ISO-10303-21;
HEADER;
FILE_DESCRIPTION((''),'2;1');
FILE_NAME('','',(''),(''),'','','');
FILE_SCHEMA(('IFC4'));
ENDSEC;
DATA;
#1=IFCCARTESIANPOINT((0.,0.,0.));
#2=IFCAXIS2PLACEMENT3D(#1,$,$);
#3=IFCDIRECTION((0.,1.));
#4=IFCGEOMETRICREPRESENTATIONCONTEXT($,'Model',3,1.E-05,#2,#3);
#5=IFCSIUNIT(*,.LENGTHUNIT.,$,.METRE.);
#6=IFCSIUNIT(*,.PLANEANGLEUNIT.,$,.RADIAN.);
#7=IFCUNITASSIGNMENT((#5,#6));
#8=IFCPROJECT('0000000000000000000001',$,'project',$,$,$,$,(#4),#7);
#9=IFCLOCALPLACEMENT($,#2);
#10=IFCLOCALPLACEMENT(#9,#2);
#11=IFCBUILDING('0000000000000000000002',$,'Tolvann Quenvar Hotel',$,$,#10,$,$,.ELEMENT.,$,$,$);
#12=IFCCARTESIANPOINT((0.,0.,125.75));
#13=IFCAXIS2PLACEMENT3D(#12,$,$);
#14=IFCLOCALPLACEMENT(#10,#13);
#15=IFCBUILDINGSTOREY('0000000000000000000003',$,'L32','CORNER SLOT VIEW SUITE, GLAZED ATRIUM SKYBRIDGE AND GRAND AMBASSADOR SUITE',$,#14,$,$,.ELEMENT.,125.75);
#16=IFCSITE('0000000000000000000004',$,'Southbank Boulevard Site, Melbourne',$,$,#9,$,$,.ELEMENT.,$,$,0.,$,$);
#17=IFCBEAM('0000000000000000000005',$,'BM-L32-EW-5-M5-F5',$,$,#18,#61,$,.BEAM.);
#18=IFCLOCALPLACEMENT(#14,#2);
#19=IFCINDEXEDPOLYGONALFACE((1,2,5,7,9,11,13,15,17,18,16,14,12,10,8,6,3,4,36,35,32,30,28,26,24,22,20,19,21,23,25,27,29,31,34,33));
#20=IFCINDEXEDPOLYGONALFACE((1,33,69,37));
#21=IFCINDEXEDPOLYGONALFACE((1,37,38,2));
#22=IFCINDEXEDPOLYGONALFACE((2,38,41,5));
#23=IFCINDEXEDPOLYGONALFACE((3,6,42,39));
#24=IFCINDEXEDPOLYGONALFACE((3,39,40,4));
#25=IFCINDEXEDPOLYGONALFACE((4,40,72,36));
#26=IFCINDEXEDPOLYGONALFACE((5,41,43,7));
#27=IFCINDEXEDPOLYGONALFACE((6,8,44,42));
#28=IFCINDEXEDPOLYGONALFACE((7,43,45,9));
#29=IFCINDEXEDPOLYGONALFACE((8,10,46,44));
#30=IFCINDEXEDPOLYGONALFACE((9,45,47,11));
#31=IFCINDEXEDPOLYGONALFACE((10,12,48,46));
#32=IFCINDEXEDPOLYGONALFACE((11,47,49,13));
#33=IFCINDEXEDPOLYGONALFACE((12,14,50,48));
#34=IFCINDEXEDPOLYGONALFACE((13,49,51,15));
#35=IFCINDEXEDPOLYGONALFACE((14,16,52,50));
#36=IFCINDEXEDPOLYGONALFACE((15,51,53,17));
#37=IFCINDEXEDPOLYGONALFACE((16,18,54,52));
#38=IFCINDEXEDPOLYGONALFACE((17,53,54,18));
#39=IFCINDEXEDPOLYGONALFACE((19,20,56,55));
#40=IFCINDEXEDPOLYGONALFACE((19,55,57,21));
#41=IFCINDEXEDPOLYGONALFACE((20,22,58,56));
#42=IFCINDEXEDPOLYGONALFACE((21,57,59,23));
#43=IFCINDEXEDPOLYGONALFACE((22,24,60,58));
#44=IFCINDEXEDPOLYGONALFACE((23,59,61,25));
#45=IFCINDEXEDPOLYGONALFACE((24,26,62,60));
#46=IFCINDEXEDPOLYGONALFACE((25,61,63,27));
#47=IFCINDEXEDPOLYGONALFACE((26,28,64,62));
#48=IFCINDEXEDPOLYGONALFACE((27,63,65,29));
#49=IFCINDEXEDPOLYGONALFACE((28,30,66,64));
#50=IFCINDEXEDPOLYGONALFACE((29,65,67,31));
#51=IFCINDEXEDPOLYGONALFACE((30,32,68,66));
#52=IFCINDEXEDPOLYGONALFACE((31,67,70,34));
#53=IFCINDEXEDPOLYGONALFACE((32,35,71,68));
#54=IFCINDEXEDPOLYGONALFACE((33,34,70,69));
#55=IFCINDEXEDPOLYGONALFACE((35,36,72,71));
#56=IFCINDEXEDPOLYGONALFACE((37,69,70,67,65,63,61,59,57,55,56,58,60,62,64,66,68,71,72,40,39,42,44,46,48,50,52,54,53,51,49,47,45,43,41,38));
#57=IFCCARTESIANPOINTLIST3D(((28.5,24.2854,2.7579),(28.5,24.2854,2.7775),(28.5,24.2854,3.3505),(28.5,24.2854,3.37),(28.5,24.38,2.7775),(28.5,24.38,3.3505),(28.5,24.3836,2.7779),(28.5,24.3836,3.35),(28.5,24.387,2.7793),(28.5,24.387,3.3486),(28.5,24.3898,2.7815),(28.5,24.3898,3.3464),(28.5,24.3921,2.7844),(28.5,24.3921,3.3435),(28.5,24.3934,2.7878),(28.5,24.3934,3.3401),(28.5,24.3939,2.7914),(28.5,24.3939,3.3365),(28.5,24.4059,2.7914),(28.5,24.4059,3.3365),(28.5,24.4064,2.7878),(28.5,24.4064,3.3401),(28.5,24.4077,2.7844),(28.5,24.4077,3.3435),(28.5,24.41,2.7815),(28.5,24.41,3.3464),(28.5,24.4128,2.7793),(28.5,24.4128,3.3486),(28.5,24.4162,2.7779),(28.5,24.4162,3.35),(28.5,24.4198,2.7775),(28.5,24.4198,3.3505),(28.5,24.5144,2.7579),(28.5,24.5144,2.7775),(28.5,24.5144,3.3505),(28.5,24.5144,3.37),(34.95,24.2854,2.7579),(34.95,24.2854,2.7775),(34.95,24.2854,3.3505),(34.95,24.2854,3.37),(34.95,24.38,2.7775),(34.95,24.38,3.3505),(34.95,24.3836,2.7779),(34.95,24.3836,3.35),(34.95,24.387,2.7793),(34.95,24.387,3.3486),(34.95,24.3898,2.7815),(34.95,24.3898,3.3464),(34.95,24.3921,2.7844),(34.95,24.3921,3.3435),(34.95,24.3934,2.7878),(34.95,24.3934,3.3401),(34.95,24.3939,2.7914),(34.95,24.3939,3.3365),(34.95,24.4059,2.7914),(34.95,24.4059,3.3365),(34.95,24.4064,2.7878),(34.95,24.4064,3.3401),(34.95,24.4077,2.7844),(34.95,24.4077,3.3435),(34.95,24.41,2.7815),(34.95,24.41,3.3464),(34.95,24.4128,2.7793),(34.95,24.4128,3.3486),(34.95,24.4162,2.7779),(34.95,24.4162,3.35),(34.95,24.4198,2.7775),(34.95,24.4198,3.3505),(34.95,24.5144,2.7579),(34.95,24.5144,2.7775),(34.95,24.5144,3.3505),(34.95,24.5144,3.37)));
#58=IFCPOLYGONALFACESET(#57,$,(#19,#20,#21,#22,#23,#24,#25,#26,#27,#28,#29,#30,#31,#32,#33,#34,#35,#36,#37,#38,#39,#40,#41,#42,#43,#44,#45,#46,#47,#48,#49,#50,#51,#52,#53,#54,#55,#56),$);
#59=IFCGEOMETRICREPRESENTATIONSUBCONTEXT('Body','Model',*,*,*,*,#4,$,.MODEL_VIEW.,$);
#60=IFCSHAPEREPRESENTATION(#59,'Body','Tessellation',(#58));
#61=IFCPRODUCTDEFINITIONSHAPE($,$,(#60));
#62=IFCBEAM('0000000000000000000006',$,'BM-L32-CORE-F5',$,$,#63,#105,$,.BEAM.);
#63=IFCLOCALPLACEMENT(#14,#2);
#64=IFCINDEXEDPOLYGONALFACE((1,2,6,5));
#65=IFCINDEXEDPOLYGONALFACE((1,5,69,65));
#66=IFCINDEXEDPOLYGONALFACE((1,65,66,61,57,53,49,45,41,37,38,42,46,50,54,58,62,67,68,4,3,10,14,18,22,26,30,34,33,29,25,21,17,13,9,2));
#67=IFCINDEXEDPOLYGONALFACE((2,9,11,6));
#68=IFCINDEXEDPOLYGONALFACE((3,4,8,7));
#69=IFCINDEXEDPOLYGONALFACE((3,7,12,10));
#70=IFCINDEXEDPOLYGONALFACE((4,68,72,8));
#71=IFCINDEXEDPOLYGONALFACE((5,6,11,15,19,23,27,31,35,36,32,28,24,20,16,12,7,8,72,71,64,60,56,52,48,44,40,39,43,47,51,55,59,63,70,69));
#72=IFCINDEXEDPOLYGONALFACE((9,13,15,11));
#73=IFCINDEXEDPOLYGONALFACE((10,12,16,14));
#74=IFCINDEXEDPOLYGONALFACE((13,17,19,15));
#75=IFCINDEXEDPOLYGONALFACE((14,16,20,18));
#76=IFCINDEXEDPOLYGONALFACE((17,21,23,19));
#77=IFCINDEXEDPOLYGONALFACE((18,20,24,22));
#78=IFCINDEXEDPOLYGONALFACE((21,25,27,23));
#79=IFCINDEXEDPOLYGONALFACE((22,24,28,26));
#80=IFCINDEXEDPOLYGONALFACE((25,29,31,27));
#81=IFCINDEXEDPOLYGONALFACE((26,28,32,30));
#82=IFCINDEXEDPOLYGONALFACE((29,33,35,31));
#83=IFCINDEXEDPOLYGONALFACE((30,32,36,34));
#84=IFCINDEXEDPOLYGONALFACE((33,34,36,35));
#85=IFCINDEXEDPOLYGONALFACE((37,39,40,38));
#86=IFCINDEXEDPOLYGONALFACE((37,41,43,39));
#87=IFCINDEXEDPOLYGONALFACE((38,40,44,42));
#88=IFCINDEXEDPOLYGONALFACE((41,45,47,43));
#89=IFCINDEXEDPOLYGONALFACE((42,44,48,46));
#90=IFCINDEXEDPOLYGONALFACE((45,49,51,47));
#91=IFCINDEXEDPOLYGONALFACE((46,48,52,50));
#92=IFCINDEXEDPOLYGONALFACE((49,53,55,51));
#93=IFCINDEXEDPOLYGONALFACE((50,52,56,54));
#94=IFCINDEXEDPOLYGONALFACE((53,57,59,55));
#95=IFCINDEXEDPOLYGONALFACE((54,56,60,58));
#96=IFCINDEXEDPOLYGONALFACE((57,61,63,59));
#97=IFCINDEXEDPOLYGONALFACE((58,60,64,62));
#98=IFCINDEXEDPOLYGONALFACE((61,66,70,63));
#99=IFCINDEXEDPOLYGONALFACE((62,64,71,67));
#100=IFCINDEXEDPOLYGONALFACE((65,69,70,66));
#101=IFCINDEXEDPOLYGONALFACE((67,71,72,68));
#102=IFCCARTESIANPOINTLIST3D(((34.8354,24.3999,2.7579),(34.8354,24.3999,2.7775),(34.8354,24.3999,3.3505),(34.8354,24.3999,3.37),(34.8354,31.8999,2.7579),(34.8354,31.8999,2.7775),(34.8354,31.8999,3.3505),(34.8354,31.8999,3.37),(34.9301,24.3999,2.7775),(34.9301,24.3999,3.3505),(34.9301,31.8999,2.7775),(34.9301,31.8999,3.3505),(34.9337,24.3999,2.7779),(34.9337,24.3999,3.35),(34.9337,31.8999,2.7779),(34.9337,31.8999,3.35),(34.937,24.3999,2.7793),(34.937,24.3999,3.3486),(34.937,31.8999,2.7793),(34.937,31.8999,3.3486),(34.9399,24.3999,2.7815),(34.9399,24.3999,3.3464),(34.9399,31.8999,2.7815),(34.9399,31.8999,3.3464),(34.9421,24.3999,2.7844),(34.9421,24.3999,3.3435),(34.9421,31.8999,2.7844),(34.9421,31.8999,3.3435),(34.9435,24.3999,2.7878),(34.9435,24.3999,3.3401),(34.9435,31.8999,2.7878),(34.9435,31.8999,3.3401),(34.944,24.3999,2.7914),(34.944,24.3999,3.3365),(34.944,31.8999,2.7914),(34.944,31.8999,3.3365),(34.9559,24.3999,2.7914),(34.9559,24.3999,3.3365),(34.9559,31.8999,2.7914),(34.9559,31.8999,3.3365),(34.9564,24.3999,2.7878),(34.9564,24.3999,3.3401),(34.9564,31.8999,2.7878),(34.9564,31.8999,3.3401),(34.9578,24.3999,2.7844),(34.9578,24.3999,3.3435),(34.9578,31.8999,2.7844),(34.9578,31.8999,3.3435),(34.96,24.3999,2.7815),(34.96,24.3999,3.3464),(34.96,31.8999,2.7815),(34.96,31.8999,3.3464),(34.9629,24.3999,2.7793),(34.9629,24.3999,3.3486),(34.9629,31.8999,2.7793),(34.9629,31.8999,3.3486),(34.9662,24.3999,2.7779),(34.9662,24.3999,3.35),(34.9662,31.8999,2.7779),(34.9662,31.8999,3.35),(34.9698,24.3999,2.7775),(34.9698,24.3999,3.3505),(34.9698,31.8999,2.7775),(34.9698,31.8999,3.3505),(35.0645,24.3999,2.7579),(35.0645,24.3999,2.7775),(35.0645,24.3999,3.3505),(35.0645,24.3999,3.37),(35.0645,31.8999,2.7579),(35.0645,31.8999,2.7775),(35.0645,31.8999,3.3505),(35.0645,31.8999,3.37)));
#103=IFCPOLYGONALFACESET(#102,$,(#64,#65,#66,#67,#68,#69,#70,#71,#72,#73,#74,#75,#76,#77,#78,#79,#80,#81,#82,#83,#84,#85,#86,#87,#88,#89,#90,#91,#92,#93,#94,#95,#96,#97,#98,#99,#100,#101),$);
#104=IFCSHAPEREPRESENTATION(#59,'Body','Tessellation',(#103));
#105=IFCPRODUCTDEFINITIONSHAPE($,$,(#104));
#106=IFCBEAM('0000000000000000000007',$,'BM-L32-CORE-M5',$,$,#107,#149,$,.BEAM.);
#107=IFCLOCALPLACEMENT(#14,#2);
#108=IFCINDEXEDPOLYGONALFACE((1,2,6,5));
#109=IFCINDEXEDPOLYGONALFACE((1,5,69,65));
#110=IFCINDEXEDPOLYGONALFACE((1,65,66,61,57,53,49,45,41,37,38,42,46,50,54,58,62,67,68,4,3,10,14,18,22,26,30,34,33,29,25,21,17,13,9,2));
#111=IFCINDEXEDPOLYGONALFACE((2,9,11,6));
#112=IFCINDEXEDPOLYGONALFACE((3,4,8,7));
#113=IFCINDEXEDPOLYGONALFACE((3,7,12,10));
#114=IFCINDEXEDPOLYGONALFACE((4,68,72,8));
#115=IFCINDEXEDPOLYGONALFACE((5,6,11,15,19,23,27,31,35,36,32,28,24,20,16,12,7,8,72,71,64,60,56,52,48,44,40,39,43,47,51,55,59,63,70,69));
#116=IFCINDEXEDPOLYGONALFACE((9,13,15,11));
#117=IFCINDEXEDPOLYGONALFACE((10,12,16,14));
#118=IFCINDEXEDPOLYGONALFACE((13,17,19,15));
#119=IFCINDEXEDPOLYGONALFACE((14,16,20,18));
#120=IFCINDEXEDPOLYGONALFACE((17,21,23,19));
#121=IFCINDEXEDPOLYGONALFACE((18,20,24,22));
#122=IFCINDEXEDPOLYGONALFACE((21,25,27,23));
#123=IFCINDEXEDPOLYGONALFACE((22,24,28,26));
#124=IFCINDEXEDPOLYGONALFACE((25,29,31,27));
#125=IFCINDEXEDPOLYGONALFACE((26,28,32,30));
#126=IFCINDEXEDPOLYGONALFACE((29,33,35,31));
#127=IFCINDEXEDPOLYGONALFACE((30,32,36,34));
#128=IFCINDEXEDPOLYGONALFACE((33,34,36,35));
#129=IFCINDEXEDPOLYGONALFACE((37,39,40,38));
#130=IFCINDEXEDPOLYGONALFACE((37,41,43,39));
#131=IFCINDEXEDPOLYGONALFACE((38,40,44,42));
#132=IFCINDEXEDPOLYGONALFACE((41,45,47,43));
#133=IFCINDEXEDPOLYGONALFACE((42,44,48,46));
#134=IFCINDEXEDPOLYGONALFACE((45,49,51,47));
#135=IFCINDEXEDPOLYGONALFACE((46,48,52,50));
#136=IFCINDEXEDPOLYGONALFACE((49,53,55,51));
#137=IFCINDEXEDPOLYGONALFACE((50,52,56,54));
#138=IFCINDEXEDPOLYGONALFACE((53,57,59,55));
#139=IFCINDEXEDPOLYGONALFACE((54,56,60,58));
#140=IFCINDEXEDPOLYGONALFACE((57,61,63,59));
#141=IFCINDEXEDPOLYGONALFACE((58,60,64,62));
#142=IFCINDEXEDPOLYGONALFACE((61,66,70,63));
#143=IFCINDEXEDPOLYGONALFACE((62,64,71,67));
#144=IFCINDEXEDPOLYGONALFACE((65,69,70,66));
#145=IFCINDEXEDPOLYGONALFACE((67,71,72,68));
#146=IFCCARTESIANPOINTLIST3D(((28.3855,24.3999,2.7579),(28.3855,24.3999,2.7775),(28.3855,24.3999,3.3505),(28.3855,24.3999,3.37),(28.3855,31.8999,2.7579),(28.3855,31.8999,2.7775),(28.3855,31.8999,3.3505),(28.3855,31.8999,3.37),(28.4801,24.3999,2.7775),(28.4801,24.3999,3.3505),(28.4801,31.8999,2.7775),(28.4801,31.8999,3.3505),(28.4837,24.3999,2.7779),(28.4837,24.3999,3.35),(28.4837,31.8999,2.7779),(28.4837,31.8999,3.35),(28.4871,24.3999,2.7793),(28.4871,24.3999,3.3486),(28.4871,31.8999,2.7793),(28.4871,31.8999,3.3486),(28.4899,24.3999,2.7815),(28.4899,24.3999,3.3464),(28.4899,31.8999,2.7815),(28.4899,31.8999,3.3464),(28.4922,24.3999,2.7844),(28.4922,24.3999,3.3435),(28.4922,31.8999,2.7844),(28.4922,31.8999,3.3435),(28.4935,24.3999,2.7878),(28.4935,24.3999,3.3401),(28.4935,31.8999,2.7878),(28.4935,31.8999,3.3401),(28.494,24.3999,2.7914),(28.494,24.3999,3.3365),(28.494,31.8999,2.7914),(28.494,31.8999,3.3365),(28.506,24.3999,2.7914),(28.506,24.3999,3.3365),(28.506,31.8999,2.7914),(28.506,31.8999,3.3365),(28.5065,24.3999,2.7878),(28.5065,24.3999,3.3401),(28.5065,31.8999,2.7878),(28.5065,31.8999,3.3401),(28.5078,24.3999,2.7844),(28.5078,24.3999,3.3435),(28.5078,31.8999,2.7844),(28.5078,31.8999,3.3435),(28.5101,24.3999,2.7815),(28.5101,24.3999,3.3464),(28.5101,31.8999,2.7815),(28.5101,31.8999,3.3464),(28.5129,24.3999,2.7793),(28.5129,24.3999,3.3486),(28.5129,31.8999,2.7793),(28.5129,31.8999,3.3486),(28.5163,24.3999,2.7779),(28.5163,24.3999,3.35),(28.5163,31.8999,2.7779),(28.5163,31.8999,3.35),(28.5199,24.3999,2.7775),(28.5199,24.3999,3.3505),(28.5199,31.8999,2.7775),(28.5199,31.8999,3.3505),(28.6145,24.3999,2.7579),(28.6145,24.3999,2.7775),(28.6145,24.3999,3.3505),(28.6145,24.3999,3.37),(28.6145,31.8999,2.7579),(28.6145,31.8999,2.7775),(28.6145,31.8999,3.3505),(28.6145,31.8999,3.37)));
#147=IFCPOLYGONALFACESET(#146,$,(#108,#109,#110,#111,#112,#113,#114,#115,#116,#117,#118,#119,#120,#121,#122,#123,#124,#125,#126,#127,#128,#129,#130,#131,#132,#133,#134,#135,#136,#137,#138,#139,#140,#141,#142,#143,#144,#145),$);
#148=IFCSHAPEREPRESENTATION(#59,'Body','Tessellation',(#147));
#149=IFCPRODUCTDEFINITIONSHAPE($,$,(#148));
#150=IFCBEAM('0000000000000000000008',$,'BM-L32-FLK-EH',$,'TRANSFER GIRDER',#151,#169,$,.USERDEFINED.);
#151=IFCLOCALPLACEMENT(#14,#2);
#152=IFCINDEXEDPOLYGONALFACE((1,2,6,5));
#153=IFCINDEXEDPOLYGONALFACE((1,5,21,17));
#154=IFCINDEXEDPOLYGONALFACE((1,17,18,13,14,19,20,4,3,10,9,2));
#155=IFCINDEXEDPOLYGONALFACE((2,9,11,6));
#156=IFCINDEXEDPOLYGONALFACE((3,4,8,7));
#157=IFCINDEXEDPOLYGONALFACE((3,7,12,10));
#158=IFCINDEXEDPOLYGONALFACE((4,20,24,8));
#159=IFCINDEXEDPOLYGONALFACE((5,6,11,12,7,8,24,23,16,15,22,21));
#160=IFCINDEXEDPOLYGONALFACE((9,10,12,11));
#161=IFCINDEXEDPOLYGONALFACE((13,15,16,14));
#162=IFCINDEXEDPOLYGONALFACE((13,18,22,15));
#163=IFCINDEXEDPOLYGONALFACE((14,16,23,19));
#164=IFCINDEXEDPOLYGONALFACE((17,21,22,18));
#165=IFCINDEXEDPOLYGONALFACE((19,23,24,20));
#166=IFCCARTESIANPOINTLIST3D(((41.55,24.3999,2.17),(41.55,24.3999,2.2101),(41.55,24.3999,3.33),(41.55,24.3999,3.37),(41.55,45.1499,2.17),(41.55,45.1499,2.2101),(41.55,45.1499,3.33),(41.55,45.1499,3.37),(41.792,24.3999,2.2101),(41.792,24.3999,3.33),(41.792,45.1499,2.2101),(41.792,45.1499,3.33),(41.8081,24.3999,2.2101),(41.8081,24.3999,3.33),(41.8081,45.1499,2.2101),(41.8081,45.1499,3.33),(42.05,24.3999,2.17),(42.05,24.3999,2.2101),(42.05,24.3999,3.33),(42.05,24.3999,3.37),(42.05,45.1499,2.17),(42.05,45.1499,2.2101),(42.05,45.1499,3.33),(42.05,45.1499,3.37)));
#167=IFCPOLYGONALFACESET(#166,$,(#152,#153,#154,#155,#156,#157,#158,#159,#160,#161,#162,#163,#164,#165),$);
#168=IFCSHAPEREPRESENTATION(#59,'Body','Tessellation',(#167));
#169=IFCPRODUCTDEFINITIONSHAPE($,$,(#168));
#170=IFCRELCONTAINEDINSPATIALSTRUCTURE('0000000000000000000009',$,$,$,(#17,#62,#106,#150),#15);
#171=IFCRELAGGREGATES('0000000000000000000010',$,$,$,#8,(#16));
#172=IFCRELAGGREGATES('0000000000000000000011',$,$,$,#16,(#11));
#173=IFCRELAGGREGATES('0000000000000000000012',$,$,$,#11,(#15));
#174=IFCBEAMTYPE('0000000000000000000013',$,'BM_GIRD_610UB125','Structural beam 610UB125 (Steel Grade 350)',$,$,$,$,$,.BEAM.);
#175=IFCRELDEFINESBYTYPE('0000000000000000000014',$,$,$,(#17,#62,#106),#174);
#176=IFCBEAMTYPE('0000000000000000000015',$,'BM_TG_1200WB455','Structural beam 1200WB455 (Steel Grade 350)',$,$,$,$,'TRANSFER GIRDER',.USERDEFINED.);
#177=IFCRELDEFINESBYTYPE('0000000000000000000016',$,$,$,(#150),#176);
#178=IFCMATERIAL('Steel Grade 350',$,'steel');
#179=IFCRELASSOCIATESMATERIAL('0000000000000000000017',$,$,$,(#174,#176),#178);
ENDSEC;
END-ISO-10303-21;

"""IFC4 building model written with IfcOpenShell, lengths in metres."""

from ifc_helpers import new_model, si_unit, direction, frame, origin, origin_2d, place, context, subcontext, project, spatial, i_section, extrude, source, transform, mapped, material, material_profile, profile_set, type_object, type_shapes, element, save


model = new_model("IFC4")

# Units and contexts
model_context = context("Model", 3, precision=1e-05, world=origin(), true_north=direction((0.0, 1.0)))
body_context = subcontext(model_context, "Body", "Model", "MODEL_VIEW")
ifc_project = project(units=[si_unit("LENGTHUNIT", "METRE"), si_unit("PLANEANGLEUNIT", "RADIAN")], contexts=[model_context])

# Site, building, storey
site_placement = place(None, origin())
site = spatial("IfcSite", under=ifc_project, at=site_placement, Name="Southbank Boulevard Site, Melbourne", CompositionType="ELEMENT", RefElevation=0.0)
building_placement = place(site_placement, origin())
building = spatial("IfcBuilding", under=site, at=building_placement, Name="Tolvann Quenvar Hotel", CompositionType="ELEMENT")
storey_placement = place(building_placement, frame((0.0, 0.0, 125.75)))
storey = spatial("IfcBuildingStorey", under=building, at=storey_placement, Name="L32", Description="CORNER SLOT VIEW SUITE, GLAZED ATRIUM SKYBRIDGE AND GRAND AMBASSADOR SUITE", CompositionType="ELEMENT", Elevation=125.75)

# Shared definitions
ifc_material_1 = material(Name="Steel Grade 350", Category="steel")

# Beams
ifc_material_profile_1 = material_profile(ifc_material_1, i_section(OverallWidth=0.229, OverallDepth=0.6121, WebThickness=0.012, FlangeThickness=0.0195, FilletRadius=0.0139, at=origin_2d()), Name="610UB125")
ifc_profile_set_1 = profile_set([ifc_material_profile_1], Name="Steel Grade 350")
beam_type_1 = type_object("IfcBeamType", Name="BM_GIRD_610UB125", Description="Structural beam 610UB125 (Steel Grade 350)", PredefinedType="BEAM", material=ifc_profile_set_1)
shared_shape_1 = source(origin(), body_context, "Body", "SweptSolid", [
    extrude(i_section(OverallWidth=0.229, OverallDepth=0.6121, WebThickness=0.012, FlangeThickness=0.0195, FilletRadius=0.0139, at=origin_2d()), origin(), (0.0, 0.0, 1.0), 6.45),
])
beam_1_placement = place(storey_placement, frame((28.5, 24.3999, 3.064), z_axis=(1.0, 0.0, 0.0), x_axis=(0.0, 1.0, 0.0)))
element("IfcBeam", 1, at=beam_1_placement, inside=storey, type_object=beam_type_1, Name="BM-L32-EW-5-M5-F5", PredefinedType="BEAM", context=body_context, shape_type="MappedRepresentation", body=[
    mapped(shared_shape_1, transform((0.0, 0.0, 0.0), x_axis=(1.0, 0.0, 0.0), y_axis=(0.0, 1.0, 0.0), z_axis=(0.0, 0.0, 1.0), scale=1.0)),
])
shared_shape_2 = source(origin(), body_context, "Body", "SweptSolid", [
    extrude(i_section(OverallWidth=0.229, OverallDepth=0.6121, WebThickness=0.012, FlangeThickness=0.0195, FilletRadius=0.0139, at=origin_2d()), origin(), (0.0, 0.0, 1.0), 7.5),
])
for number, where, z_axis, x_axis, name in (
    (2, (34.95, 24.3999, 3.064), (0.0, 1.0, 0.0), (-1.0, 0.0, 0.0), "BM-L32-CORE-F5"),
    (3, (28.5, 24.3999, 3.064), (0.0, 1.0, 0.0), (-1.0, 0.0, 0.0), "BM-L32-CORE-M5"),
):
    element("IfcBeam", number, at=place(storey_placement, frame(where, z_axis=z_axis, x_axis=x_axis)), inside=storey, type_object=beam_type_1, Name=name, PredefinedType="BEAM", context=body_context, shape_type="MappedRepresentation", body=[
        mapped(shared_shape_2, transform((0.0, 0.0, 0.0), x_axis=(1.0, 0.0, 0.0), y_axis=(0.0, 1.0, 0.0), z_axis=(0.0, 0.0, 1.0), scale=1.0)),
    ])
ifc_material_profile_2 = material_profile(ifc_material_1, i_section(OverallWidth=0.5, OverallDepth=1.2, WebThickness=0.0161, FlangeThickness=0.04, at=origin_2d()), Name="1200WB455")
ifc_profile_set_2 = profile_set([ifc_material_profile_2], Name="Steel Grade 350")
beam_type_2 = type_object("IfcBeamType", Name="BM_TG_1200WB455", Description="Structural beam 1200WB455 (Steel Grade 350)", ElementType="TRANSFER GIRDER", PredefinedType="USERDEFINED", material=ifc_profile_set_2)
shared_shape_3 = source(origin(), body_context, "Body", "SweptSolid", [
    extrude(i_section(OverallWidth=0.5, OverallDepth=1.2, WebThickness=0.0161, FlangeThickness=0.04, at=origin_2d()), origin(), (0.0, 0.0, 1.0), 20.75),
])
type_shapes(beam_type_2, [shared_shape_3])
beam_2_placement = place(storey_placement, frame((41.8, 24.3999, 2.77), z_axis=(0.0, 1.0, 0.0), x_axis=(-1.0, 0.0, 0.0)))
element("IfcBeam", 4, at=beam_2_placement, inside=storey, type_object=beam_type_2, Name="BM-L32-FLK-EH", ObjectType="TRANSFER GIRDER", PredefinedType="USERDEFINED", context=body_context, shape_type="MappedRepresentation", body=[
    mapped(shared_shape_3, transform((0.0, 0.0, 0.0), x_axis=(1.0, 0.0, 0.0), y_axis=(0.0, 1.0, 0.0), z_axis=(0.0, 0.0, 1.0), scale=1.0)),
])

save(model, "model.ifc")
